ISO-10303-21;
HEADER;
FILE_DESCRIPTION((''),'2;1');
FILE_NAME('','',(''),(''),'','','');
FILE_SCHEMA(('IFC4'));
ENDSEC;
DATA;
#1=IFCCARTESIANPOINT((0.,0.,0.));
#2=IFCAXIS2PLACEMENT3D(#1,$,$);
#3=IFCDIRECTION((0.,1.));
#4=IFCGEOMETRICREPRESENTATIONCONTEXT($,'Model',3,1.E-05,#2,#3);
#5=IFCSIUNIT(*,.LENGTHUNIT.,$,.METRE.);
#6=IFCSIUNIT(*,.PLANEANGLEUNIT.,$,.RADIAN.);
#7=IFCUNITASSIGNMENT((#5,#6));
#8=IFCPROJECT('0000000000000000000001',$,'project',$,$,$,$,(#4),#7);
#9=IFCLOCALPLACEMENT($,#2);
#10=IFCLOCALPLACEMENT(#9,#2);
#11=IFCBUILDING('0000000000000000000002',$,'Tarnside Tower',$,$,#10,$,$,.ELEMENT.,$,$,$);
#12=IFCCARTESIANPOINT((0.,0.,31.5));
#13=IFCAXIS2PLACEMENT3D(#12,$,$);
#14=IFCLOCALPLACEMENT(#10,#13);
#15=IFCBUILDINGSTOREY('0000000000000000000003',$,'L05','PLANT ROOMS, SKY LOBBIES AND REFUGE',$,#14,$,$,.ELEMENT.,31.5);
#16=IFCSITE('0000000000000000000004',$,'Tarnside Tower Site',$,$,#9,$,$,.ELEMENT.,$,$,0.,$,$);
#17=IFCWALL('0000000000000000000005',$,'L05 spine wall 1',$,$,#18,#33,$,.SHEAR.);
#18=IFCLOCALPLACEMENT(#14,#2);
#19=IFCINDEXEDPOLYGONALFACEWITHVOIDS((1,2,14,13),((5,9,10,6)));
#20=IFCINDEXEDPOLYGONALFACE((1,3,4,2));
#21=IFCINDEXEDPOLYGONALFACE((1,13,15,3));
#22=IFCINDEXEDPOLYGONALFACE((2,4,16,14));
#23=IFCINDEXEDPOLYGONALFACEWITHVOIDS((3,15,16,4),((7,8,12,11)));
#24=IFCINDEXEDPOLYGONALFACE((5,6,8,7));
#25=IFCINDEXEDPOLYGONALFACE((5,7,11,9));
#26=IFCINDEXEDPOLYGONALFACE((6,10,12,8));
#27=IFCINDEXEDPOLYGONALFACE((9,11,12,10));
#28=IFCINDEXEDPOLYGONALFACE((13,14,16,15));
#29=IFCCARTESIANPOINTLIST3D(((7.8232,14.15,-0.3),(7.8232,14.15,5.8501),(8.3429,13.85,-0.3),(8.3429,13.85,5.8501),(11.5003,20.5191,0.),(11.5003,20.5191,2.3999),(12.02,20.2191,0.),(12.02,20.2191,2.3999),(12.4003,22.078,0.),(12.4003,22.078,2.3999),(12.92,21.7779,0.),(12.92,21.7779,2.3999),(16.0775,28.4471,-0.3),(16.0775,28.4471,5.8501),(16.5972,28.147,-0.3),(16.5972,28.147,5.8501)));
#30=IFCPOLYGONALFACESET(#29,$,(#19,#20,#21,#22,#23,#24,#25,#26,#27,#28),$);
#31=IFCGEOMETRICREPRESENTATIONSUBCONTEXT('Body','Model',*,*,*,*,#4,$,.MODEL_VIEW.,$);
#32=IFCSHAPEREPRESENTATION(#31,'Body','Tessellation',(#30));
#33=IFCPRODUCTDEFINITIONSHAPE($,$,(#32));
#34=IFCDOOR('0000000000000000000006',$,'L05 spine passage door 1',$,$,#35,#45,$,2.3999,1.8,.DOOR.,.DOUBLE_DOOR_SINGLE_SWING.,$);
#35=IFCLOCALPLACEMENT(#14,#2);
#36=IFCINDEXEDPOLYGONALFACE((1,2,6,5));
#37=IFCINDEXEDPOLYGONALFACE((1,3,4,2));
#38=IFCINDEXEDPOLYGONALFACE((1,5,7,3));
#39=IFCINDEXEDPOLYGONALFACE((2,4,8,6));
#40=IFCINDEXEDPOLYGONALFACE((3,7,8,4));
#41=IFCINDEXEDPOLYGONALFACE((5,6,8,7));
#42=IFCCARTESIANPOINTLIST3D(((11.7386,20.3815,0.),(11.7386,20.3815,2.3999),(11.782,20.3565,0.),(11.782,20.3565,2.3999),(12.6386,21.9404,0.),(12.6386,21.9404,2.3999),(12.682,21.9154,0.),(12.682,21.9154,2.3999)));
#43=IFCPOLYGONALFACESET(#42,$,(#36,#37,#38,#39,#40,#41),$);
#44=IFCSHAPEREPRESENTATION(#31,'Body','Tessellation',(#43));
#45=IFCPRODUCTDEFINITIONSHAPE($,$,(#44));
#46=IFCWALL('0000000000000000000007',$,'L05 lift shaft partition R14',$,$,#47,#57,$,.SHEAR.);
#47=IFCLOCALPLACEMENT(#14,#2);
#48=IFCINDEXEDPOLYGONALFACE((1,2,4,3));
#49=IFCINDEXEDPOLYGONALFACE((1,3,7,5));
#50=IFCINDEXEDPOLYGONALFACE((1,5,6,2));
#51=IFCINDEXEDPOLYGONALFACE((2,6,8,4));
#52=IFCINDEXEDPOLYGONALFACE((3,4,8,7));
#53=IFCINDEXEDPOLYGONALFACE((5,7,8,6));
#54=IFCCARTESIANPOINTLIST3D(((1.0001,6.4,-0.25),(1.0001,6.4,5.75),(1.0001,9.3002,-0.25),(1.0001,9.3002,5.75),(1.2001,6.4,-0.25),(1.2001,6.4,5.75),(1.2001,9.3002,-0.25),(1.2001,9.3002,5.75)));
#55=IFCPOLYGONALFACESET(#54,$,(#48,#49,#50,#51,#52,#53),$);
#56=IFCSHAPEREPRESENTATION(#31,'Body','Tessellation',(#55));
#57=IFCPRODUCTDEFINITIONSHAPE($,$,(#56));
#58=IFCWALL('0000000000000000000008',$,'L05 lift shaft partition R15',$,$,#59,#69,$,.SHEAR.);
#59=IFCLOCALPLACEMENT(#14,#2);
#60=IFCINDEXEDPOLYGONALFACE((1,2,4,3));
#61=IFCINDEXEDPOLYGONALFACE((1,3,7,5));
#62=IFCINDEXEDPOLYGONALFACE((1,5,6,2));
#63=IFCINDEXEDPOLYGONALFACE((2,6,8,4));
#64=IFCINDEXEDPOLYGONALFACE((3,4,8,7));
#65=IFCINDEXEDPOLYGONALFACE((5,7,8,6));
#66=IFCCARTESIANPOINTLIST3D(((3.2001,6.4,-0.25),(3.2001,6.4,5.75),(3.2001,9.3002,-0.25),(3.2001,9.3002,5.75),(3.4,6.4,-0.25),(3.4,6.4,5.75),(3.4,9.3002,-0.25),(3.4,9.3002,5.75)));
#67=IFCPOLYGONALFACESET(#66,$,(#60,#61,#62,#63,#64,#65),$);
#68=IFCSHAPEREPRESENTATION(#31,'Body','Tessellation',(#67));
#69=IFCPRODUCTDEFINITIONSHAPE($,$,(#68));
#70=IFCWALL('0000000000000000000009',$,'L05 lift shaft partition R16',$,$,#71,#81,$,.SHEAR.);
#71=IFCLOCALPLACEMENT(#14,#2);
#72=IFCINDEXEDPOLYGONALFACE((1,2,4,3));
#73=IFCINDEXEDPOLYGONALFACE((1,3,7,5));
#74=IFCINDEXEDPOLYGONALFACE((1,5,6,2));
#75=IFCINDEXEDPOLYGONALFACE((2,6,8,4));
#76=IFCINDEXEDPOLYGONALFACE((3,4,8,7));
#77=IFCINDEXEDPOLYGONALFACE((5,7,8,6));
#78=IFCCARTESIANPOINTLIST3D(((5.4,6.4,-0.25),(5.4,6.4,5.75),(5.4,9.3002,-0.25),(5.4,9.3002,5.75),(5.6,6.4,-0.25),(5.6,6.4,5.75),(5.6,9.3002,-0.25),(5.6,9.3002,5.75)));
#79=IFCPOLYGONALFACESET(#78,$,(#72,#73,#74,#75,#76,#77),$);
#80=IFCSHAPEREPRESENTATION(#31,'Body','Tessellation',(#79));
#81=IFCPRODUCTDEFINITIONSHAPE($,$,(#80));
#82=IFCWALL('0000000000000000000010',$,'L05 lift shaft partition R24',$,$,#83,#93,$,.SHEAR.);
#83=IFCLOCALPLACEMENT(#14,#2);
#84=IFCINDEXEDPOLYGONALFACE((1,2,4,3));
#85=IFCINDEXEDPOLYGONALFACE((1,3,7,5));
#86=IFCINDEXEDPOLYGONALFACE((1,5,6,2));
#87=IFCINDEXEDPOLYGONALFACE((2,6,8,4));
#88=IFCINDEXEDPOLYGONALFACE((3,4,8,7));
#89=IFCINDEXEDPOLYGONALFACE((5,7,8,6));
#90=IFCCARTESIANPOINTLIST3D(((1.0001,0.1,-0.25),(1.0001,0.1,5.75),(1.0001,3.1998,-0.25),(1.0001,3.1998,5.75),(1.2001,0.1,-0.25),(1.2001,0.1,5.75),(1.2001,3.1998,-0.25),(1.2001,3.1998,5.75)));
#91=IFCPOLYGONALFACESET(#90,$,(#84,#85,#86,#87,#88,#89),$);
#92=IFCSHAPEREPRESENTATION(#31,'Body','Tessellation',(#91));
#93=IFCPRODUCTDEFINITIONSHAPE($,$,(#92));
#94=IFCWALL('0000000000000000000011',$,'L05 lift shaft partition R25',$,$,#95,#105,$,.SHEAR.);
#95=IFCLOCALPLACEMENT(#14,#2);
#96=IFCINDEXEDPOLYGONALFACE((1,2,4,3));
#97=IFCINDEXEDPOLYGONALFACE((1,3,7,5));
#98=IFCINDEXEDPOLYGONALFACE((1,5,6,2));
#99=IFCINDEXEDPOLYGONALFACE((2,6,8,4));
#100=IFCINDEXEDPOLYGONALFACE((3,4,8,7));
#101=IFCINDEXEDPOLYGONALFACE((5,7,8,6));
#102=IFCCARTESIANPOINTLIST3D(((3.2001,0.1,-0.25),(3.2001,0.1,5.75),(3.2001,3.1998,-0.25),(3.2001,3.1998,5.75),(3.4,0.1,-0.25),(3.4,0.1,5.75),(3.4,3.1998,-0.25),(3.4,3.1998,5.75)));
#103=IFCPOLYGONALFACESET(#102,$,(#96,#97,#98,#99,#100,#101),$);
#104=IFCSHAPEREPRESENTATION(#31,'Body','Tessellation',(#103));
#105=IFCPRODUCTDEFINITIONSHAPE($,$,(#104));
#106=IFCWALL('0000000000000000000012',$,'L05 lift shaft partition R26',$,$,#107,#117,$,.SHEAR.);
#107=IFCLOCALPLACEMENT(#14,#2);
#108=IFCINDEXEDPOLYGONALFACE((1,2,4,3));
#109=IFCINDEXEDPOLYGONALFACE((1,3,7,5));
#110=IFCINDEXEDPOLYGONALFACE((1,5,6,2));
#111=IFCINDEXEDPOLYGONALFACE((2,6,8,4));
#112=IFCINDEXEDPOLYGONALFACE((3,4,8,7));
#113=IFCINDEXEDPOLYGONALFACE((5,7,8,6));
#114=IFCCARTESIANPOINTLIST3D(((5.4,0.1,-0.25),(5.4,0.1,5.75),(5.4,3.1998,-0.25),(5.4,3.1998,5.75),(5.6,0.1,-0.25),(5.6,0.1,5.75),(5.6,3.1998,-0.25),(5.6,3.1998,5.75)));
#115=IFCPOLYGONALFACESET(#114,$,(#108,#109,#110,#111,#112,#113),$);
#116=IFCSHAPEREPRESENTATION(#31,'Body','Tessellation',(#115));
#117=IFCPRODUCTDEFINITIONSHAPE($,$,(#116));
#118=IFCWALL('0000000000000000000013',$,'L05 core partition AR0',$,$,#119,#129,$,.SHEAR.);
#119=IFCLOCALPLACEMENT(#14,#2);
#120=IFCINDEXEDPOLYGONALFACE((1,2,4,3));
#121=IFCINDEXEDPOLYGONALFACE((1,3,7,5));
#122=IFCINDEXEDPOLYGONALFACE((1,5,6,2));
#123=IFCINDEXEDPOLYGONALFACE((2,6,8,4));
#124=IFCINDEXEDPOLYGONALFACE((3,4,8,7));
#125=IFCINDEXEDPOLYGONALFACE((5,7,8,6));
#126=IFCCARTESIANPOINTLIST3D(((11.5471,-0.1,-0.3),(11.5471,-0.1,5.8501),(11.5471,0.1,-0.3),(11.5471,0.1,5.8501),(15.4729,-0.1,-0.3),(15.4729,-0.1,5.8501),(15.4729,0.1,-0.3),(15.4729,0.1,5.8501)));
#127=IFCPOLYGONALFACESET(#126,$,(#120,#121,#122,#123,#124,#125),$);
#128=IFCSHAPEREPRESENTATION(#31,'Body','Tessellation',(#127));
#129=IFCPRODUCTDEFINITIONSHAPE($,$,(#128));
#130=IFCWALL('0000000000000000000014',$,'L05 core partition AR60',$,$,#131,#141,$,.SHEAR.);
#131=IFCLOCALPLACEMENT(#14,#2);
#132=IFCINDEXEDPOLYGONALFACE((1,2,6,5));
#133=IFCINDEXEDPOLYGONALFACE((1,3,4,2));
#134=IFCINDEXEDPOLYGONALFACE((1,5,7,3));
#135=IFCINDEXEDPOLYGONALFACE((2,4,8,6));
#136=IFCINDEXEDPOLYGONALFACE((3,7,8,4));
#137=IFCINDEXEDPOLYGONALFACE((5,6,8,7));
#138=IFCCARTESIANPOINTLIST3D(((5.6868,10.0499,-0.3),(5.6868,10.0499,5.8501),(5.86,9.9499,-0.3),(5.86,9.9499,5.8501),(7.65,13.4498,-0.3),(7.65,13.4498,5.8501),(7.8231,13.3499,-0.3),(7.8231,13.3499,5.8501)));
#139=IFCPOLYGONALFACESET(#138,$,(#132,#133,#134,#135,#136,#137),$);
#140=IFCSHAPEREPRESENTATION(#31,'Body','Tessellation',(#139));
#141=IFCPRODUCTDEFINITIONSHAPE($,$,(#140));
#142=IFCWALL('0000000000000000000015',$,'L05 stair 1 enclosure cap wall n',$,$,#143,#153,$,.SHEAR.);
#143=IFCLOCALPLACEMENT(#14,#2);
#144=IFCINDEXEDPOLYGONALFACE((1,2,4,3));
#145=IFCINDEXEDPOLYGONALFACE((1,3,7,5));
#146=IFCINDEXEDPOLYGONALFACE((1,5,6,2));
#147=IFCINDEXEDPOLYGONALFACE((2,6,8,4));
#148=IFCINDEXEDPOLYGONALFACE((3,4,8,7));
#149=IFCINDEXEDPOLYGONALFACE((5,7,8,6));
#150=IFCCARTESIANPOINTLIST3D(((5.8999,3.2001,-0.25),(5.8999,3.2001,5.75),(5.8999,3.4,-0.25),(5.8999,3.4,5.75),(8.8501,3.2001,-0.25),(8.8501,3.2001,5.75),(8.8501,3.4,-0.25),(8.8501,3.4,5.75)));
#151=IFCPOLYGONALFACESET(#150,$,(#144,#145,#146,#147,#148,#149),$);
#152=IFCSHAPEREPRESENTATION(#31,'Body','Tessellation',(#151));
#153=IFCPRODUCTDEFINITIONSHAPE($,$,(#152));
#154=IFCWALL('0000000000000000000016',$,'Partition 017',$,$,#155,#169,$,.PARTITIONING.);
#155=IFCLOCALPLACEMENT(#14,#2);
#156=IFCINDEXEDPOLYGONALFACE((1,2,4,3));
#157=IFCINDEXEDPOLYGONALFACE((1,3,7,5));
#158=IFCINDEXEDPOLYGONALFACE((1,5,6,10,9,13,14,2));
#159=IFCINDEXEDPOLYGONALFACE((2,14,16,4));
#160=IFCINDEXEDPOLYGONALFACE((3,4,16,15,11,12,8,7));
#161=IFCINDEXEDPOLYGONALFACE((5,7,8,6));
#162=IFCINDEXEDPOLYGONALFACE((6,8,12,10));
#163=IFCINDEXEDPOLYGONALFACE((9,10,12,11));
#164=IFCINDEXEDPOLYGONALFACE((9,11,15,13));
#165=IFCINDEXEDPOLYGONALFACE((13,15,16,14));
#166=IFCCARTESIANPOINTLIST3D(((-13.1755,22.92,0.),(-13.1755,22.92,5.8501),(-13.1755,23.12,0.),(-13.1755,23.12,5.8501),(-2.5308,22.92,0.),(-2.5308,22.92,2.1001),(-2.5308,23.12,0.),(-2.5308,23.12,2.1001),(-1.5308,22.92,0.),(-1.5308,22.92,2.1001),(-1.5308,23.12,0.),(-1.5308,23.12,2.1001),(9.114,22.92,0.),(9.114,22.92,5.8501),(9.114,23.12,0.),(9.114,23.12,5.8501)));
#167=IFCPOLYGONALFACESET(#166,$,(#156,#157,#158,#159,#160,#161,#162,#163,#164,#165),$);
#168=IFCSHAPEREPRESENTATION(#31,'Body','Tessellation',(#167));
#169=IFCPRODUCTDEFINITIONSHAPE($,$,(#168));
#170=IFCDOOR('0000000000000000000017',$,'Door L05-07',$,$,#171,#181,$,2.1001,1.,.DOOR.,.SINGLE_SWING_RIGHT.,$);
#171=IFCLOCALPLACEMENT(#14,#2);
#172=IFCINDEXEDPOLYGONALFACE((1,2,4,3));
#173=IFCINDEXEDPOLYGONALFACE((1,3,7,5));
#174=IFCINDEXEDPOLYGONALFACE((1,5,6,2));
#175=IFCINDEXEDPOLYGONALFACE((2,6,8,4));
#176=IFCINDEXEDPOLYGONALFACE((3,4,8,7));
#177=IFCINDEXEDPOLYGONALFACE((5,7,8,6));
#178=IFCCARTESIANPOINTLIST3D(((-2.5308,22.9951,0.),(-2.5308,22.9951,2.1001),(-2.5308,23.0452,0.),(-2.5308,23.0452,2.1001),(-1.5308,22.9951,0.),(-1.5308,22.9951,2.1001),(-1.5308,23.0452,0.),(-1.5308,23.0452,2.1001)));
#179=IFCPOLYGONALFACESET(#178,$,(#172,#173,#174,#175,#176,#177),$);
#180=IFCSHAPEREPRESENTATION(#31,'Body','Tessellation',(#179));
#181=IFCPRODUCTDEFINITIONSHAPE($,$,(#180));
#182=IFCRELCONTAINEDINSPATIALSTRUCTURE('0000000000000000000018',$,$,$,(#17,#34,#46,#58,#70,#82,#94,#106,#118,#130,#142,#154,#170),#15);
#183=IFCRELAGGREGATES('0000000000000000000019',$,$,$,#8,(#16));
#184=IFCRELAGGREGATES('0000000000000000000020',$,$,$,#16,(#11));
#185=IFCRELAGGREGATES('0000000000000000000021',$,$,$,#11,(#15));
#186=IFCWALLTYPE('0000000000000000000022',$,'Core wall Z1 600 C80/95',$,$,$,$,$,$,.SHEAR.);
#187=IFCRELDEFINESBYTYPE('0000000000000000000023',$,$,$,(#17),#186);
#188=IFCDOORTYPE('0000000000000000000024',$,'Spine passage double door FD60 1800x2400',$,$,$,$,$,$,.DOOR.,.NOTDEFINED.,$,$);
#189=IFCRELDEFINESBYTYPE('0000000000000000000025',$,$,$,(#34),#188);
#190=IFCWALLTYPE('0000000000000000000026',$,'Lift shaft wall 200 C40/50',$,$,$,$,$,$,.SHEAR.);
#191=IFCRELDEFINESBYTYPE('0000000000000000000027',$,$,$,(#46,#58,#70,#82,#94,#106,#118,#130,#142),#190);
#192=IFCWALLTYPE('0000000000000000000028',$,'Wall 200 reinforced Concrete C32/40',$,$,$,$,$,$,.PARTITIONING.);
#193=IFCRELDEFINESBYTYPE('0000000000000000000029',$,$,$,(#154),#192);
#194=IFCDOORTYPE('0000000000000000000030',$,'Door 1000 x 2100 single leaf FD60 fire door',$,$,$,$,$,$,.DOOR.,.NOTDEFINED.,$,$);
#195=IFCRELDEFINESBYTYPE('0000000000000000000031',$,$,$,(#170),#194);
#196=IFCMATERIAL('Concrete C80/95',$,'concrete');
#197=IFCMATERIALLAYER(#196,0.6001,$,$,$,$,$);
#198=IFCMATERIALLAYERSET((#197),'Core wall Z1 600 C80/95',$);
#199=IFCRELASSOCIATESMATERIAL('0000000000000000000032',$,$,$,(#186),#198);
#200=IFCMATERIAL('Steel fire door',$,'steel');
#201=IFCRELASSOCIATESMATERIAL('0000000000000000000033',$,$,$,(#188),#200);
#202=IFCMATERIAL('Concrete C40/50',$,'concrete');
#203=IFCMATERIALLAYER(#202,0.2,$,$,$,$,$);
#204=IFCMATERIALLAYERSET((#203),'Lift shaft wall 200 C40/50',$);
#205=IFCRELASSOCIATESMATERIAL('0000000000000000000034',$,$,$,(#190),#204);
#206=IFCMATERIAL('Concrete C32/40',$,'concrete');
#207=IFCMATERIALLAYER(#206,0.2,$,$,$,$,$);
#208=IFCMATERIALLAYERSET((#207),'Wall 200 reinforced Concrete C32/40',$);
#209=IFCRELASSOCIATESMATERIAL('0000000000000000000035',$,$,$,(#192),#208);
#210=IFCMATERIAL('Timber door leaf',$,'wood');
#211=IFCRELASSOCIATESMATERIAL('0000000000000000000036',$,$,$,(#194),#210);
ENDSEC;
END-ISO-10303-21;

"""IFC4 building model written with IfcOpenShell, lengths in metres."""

from ifc_helpers import new_model, si_unit, direction, frame, frame_2d, origin, place, context, subcontext, project, spatial, rectangle, extrude, material, layer, layer_set, type_object, element, fill, save


model = new_model("IFC4")

# Units and contexts
model_context = context("Model", 3, precision=1e-05, world=origin(), true_north=direction((0.0, 1.0)))
body_context = subcontext(model_context, "Body", "Model", "MODEL_VIEW")
ifc_project = project(units=[si_unit("LENGTHUNIT", "METRE"), si_unit("PLANEANGLEUNIT", "RADIAN")], contexts=[model_context])

# Site, building, storey
site_placement = place(None, origin())
site = spatial("IfcSite", under=ifc_project, at=site_placement, Name="Tarnside Tower Site", CompositionType="ELEMENT", RefElevation=0.0)
building_placement = place(site_placement, origin())
building = spatial("IfcBuilding", under=site, at=building_placement, Name="Tarnside Tower", CompositionType="ELEMENT")
storey_placement = place(building_placement, frame((0.0, 0.0, 31.5)))
storey = spatial("IfcBuildingStorey", under=building, at=storey_placement, Name="L05", Description="PLANT ROOMS, SKY LOBBIES AND REFUGE", CompositionType="ELEMENT", Elevation=31.5)

# Shared definitions
ifc_material_1 = material(Name="Concrete C40/50", Category="concrete")

# Shared definitions
ifc_material_2 = material(Name="Steel fire door", Category="steel")

# Wall, opening, door
ifc_material_3 = material(Name="Concrete C80/95", Category="concrete")
ifc_layer_1 = layer(ifc_material_3, 0.6001)
ifc_layer_set_1 = layer_set([ifc_layer_1], Name="Core wall Z1 600 C80/95")
wall_type_1 = type_object("IfcWallType", Name="Core wall Z1 600 C80/95", PredefinedType="SHEAR", material=ifc_layer_set_1)
wall_1_placement = place(storey_placement, frame((8.083, 14.0, -0.3), z_axis=(0.0, 0.0, 1.0), x_axis=(0.499998, 0.866027, 0.0)))
wall_1 = element("IfcWall", 1, at=wall_1_placement, inside=storey, type_object=wall_type_1, Name="L05 spine wall 1", PredefinedType="SHEAR", context=body_context, shape_type="SweptSolid", body=[
    extrude(rectangle(XDim=16.5088, YDim=0.6001, at=frame_2d((8.2544, 0.0))), origin(), (0.0, 0.0, 1.0), 6.1501),
])
opening_1_placement = place(wall_1_placement, frame((7.3545, 0.0, 0.3)))
opening_1 = element("IfcOpeningElement", 2, at=opening_1_placement, cuts=wall_1, PredefinedType="OPENING", context=body_context, shape_type="SweptSolid", body=[
    extrude(rectangle(XDim=1.8, YDim=2.3999, at=frame_2d((0.8999, 1.2))), frame((0.0, 0.3101, 0.0), z_axis=(0.0, -1.0, 0.0), x_axis=(1.0, 0.0, 0.0)), (0.0, 0.0, 1.0), 0.6201),
])
door_type_1 = type_object("IfcDoorType", Name="Spine passage double door FD60 1800x2400", OperationType="NOTDEFINED", PredefinedType="DOOR", material=ifc_material_2)
door_1_placement = place(opening_1_placement, origin())
door_1 = element("IfcDoor", 3, at=door_1_placement, inside=storey, type_object=door_type_1, Name="L05 spine passage door 1", OperationType="DOUBLE_DOOR_SINGLE_SWING", OverallHeight=2.3999, OverallWidth=1.8, PredefinedType="DOOR", context=body_context, shape_type="SweptSolid", body=[
    extrude(rectangle(XDim=1.8, YDim=2.3999, at=frame_2d((0.8999, 1.2))), frame((0.0, 0.0249, 0.0), z_axis=(0.0, -1.0, 0.0), x_axis=(1.0, 0.0, 0.0)), (0.0, 0.0, 1.0), 0.05),
])
fill(opening_1, door_1)

# Walls
ifc_layer_2 = layer(ifc_material_1, 0.2)
ifc_layer_set_2 = layer_set([ifc_layer_2], Name="Lift shaft wall 200 C40/50")
wall_type_2 = type_object("IfcWallType", Name="Lift shaft wall 200 C40/50", PredefinedType="SHEAR", material=ifc_layer_set_2)
for number, where, z_axis, x_axis, name in (
    (4, (1.1001, 6.3999, -0.25), (0.0, 0.0, 1.0), (0.0, 1.0, 0.0), "L05 lift shaft partition R14"),
    (5, (3.3, 6.3999, -0.25), (0.0, 0.0, 1.0), (0.0, 1.0, 0.0), "L05 lift shaft partition R15"),
    (6, (5.5, 6.3999, -0.25), (0.0, 0.0, 1.0), (0.0, 1.0, 0.0), "L05 lift shaft partition R16"),
):
    element("IfcWall", number, at=place(storey_placement, frame(where, z_axis=z_axis, x_axis=x_axis)), inside=storey, type_object=wall_type_2, Name=name, PredefinedType="SHEAR", context=body_context, shape_type="SweptSolid", body=[
        extrude(rectangle(XDim=2.9001, YDim=0.2, at=frame_2d((1.4502, 0.0))), origin(), (0.0, 0.0, 1.0), 6.0),
    ])
for number, where, z_axis, x_axis, name in (
    (7, (1.1001, 0.1001, -0.25), (0.0, 0.0, 1.0), (0.0, 1.0, 0.0), "L05 lift shaft partition R24"),
    (8, (3.3, 0.1001, -0.25), (0.0, 0.0, 1.0), (0.0, 1.0, 0.0), "L05 lift shaft partition R25"),
    (9, (5.5, 0.1001, -0.25), (0.0, 0.0, 1.0), (0.0, 1.0, 0.0), "L05 lift shaft partition R26"),
):
    element("IfcWall", number, at=place(storey_placement, frame(where, z_axis=z_axis, x_axis=x_axis)), inside=storey, type_object=wall_type_2, Name=name, PredefinedType="SHEAR", context=body_context, shape_type="SweptSolid", body=[
        extrude(rectangle(XDim=3.0999, YDim=0.2, at=frame_2d((1.5498, 0.0))), origin(), (0.0, 0.0, 1.0), 6.0),
    ])
wall_2_placement = place(storey_placement, frame((11.5471, 0.0, -0.3), z_axis=(0.0, 0.0, 1.0), x_axis=(1.0, 0.0, 0.0)))
element("IfcWall", 10, at=wall_2_placement, inside=storey, type_object=wall_type_2, Name="L05 core partition AR0", PredefinedType="SHEAR", context=body_context, shape_type="SweptSolid", body=[
    extrude(rectangle(XDim=3.9258, YDim=0.2, at=frame_2d((1.9629, 0.0))), origin(), (0.0, 0.0, 1.0), 6.1501),
])
wall_3_placement = place(storey_placement, frame((5.7734, 10.0, -0.3), z_axis=(0.0, 0.0, 1.0), x_axis=(0.500038, 0.866003, 0.0)))
element("IfcWall", 11, at=wall_3_placement, inside=storey, type_object=wall_type_2, Name="L05 core partition AR60", PredefinedType="SHEAR", context=body_context, shape_type="SweptSolid", body=[
    extrude(rectangle(XDim=3.926, YDim=0.2, at=frame_2d((1.9629, 0.0))), origin(), (0.0, 0.0, 1.0), 6.1501),
])
wall_4_placement = place(storey_placement, frame((5.8999, 3.3, -0.25), z_axis=(0.0, 0.0, 1.0), x_axis=(1.0, 0.0, 0.0)))
element("IfcWall", 12, at=wall_4_placement, inside=storey, type_object=wall_type_2, Name="L05 stair 1 enclosure cap wall n", PredefinedType="SHEAR", context=body_context, shape_type="SweptSolid", body=[
    extrude(rectangle(XDim=2.9502, YDim=0.2, at=frame_2d((1.4751, 0.0))), origin(), (0.0, 0.0, 1.0), 6.0),
])

# Wall, opening, door
ifc_material_4 = material(Name="Concrete C32/40", Category="concrete")
ifc_layer_3 = layer(ifc_material_4, 0.2)
ifc_layer_set_3 = layer_set([ifc_layer_3], Name="Wall 200 reinforced Concrete C32/40")
wall_type_3 = type_object("IfcWallType", Name="Wall 200 reinforced Concrete C32/40", PredefinedType="PARTITIONING", material=ifc_layer_set_3)
wall_5_placement = place(storey_placement, frame((9.114, 23.02, 0.0), z_axis=(0.0, 0.0, 1.0), x_axis=(-1.0, 0.0, 0.0)))
wall_5 = element("IfcWall", 13, at=wall_5_placement, inside=storey, type_object=wall_type_3, Name="Partition 017", PredefinedType="PARTITIONING", context=body_context, shape_type="SweptSolid", body=[
    extrude(rectangle(XDim=22.2896, YDim=0.2, at=frame_2d((11.1448, 0.0))), origin(), (0.0, 0.0, 1.0), 5.8501),
])
opening_2_placement = place(wall_5_placement, frame((10.6448, 0.0, 0.0)))
opening_2 = element("IfcOpeningElement", 14, at=opening_2_placement, cuts=wall_5, PredefinedType="OPENING", context=body_context, shape_type="SweptSolid", body=[
    extrude(rectangle(XDim=1.0, YDim=2.1001, at=frame_2d((0.5, 1.05))), frame((0.0, 0.1099, 0.0), z_axis=(0.0, -1.0, 0.0), x_axis=(1.0, 0.0, 0.0)), (0.0, 0.0, 1.0), 0.22),
])
ifc_material_5 = material(Name="Timber door leaf", Category="wood")
door_type_2 = type_object("IfcDoorType", Name="Door 1000 x 2100 single leaf FD60 fire door", OperationType="NOTDEFINED", PredefinedType="DOOR", material=ifc_material_5)
door_2_placement = place(opening_2_placement, origin())
door_2 = element("IfcDoor", 15, at=door_2_placement, inside=storey, type_object=door_type_2, Name="Door L05-07", OperationType="SINGLE_SWING_RIGHT", OverallHeight=2.1001, OverallWidth=1.0, PredefinedType="DOOR", context=body_context, shape_type="SweptSolid", body=[
    extrude(rectangle(XDim=1.0, YDim=2.1001, at=frame_2d((0.5, 1.05))), frame((0.0, 0.0249, 0.0), z_axis=(0.0, -1.0, 0.0), x_axis=(1.0, 0.0, 0.0)), (0.0, 0.0, 1.0), 0.05),
])
fill(opening_2, door_2)

save(model, "model.ifc")
